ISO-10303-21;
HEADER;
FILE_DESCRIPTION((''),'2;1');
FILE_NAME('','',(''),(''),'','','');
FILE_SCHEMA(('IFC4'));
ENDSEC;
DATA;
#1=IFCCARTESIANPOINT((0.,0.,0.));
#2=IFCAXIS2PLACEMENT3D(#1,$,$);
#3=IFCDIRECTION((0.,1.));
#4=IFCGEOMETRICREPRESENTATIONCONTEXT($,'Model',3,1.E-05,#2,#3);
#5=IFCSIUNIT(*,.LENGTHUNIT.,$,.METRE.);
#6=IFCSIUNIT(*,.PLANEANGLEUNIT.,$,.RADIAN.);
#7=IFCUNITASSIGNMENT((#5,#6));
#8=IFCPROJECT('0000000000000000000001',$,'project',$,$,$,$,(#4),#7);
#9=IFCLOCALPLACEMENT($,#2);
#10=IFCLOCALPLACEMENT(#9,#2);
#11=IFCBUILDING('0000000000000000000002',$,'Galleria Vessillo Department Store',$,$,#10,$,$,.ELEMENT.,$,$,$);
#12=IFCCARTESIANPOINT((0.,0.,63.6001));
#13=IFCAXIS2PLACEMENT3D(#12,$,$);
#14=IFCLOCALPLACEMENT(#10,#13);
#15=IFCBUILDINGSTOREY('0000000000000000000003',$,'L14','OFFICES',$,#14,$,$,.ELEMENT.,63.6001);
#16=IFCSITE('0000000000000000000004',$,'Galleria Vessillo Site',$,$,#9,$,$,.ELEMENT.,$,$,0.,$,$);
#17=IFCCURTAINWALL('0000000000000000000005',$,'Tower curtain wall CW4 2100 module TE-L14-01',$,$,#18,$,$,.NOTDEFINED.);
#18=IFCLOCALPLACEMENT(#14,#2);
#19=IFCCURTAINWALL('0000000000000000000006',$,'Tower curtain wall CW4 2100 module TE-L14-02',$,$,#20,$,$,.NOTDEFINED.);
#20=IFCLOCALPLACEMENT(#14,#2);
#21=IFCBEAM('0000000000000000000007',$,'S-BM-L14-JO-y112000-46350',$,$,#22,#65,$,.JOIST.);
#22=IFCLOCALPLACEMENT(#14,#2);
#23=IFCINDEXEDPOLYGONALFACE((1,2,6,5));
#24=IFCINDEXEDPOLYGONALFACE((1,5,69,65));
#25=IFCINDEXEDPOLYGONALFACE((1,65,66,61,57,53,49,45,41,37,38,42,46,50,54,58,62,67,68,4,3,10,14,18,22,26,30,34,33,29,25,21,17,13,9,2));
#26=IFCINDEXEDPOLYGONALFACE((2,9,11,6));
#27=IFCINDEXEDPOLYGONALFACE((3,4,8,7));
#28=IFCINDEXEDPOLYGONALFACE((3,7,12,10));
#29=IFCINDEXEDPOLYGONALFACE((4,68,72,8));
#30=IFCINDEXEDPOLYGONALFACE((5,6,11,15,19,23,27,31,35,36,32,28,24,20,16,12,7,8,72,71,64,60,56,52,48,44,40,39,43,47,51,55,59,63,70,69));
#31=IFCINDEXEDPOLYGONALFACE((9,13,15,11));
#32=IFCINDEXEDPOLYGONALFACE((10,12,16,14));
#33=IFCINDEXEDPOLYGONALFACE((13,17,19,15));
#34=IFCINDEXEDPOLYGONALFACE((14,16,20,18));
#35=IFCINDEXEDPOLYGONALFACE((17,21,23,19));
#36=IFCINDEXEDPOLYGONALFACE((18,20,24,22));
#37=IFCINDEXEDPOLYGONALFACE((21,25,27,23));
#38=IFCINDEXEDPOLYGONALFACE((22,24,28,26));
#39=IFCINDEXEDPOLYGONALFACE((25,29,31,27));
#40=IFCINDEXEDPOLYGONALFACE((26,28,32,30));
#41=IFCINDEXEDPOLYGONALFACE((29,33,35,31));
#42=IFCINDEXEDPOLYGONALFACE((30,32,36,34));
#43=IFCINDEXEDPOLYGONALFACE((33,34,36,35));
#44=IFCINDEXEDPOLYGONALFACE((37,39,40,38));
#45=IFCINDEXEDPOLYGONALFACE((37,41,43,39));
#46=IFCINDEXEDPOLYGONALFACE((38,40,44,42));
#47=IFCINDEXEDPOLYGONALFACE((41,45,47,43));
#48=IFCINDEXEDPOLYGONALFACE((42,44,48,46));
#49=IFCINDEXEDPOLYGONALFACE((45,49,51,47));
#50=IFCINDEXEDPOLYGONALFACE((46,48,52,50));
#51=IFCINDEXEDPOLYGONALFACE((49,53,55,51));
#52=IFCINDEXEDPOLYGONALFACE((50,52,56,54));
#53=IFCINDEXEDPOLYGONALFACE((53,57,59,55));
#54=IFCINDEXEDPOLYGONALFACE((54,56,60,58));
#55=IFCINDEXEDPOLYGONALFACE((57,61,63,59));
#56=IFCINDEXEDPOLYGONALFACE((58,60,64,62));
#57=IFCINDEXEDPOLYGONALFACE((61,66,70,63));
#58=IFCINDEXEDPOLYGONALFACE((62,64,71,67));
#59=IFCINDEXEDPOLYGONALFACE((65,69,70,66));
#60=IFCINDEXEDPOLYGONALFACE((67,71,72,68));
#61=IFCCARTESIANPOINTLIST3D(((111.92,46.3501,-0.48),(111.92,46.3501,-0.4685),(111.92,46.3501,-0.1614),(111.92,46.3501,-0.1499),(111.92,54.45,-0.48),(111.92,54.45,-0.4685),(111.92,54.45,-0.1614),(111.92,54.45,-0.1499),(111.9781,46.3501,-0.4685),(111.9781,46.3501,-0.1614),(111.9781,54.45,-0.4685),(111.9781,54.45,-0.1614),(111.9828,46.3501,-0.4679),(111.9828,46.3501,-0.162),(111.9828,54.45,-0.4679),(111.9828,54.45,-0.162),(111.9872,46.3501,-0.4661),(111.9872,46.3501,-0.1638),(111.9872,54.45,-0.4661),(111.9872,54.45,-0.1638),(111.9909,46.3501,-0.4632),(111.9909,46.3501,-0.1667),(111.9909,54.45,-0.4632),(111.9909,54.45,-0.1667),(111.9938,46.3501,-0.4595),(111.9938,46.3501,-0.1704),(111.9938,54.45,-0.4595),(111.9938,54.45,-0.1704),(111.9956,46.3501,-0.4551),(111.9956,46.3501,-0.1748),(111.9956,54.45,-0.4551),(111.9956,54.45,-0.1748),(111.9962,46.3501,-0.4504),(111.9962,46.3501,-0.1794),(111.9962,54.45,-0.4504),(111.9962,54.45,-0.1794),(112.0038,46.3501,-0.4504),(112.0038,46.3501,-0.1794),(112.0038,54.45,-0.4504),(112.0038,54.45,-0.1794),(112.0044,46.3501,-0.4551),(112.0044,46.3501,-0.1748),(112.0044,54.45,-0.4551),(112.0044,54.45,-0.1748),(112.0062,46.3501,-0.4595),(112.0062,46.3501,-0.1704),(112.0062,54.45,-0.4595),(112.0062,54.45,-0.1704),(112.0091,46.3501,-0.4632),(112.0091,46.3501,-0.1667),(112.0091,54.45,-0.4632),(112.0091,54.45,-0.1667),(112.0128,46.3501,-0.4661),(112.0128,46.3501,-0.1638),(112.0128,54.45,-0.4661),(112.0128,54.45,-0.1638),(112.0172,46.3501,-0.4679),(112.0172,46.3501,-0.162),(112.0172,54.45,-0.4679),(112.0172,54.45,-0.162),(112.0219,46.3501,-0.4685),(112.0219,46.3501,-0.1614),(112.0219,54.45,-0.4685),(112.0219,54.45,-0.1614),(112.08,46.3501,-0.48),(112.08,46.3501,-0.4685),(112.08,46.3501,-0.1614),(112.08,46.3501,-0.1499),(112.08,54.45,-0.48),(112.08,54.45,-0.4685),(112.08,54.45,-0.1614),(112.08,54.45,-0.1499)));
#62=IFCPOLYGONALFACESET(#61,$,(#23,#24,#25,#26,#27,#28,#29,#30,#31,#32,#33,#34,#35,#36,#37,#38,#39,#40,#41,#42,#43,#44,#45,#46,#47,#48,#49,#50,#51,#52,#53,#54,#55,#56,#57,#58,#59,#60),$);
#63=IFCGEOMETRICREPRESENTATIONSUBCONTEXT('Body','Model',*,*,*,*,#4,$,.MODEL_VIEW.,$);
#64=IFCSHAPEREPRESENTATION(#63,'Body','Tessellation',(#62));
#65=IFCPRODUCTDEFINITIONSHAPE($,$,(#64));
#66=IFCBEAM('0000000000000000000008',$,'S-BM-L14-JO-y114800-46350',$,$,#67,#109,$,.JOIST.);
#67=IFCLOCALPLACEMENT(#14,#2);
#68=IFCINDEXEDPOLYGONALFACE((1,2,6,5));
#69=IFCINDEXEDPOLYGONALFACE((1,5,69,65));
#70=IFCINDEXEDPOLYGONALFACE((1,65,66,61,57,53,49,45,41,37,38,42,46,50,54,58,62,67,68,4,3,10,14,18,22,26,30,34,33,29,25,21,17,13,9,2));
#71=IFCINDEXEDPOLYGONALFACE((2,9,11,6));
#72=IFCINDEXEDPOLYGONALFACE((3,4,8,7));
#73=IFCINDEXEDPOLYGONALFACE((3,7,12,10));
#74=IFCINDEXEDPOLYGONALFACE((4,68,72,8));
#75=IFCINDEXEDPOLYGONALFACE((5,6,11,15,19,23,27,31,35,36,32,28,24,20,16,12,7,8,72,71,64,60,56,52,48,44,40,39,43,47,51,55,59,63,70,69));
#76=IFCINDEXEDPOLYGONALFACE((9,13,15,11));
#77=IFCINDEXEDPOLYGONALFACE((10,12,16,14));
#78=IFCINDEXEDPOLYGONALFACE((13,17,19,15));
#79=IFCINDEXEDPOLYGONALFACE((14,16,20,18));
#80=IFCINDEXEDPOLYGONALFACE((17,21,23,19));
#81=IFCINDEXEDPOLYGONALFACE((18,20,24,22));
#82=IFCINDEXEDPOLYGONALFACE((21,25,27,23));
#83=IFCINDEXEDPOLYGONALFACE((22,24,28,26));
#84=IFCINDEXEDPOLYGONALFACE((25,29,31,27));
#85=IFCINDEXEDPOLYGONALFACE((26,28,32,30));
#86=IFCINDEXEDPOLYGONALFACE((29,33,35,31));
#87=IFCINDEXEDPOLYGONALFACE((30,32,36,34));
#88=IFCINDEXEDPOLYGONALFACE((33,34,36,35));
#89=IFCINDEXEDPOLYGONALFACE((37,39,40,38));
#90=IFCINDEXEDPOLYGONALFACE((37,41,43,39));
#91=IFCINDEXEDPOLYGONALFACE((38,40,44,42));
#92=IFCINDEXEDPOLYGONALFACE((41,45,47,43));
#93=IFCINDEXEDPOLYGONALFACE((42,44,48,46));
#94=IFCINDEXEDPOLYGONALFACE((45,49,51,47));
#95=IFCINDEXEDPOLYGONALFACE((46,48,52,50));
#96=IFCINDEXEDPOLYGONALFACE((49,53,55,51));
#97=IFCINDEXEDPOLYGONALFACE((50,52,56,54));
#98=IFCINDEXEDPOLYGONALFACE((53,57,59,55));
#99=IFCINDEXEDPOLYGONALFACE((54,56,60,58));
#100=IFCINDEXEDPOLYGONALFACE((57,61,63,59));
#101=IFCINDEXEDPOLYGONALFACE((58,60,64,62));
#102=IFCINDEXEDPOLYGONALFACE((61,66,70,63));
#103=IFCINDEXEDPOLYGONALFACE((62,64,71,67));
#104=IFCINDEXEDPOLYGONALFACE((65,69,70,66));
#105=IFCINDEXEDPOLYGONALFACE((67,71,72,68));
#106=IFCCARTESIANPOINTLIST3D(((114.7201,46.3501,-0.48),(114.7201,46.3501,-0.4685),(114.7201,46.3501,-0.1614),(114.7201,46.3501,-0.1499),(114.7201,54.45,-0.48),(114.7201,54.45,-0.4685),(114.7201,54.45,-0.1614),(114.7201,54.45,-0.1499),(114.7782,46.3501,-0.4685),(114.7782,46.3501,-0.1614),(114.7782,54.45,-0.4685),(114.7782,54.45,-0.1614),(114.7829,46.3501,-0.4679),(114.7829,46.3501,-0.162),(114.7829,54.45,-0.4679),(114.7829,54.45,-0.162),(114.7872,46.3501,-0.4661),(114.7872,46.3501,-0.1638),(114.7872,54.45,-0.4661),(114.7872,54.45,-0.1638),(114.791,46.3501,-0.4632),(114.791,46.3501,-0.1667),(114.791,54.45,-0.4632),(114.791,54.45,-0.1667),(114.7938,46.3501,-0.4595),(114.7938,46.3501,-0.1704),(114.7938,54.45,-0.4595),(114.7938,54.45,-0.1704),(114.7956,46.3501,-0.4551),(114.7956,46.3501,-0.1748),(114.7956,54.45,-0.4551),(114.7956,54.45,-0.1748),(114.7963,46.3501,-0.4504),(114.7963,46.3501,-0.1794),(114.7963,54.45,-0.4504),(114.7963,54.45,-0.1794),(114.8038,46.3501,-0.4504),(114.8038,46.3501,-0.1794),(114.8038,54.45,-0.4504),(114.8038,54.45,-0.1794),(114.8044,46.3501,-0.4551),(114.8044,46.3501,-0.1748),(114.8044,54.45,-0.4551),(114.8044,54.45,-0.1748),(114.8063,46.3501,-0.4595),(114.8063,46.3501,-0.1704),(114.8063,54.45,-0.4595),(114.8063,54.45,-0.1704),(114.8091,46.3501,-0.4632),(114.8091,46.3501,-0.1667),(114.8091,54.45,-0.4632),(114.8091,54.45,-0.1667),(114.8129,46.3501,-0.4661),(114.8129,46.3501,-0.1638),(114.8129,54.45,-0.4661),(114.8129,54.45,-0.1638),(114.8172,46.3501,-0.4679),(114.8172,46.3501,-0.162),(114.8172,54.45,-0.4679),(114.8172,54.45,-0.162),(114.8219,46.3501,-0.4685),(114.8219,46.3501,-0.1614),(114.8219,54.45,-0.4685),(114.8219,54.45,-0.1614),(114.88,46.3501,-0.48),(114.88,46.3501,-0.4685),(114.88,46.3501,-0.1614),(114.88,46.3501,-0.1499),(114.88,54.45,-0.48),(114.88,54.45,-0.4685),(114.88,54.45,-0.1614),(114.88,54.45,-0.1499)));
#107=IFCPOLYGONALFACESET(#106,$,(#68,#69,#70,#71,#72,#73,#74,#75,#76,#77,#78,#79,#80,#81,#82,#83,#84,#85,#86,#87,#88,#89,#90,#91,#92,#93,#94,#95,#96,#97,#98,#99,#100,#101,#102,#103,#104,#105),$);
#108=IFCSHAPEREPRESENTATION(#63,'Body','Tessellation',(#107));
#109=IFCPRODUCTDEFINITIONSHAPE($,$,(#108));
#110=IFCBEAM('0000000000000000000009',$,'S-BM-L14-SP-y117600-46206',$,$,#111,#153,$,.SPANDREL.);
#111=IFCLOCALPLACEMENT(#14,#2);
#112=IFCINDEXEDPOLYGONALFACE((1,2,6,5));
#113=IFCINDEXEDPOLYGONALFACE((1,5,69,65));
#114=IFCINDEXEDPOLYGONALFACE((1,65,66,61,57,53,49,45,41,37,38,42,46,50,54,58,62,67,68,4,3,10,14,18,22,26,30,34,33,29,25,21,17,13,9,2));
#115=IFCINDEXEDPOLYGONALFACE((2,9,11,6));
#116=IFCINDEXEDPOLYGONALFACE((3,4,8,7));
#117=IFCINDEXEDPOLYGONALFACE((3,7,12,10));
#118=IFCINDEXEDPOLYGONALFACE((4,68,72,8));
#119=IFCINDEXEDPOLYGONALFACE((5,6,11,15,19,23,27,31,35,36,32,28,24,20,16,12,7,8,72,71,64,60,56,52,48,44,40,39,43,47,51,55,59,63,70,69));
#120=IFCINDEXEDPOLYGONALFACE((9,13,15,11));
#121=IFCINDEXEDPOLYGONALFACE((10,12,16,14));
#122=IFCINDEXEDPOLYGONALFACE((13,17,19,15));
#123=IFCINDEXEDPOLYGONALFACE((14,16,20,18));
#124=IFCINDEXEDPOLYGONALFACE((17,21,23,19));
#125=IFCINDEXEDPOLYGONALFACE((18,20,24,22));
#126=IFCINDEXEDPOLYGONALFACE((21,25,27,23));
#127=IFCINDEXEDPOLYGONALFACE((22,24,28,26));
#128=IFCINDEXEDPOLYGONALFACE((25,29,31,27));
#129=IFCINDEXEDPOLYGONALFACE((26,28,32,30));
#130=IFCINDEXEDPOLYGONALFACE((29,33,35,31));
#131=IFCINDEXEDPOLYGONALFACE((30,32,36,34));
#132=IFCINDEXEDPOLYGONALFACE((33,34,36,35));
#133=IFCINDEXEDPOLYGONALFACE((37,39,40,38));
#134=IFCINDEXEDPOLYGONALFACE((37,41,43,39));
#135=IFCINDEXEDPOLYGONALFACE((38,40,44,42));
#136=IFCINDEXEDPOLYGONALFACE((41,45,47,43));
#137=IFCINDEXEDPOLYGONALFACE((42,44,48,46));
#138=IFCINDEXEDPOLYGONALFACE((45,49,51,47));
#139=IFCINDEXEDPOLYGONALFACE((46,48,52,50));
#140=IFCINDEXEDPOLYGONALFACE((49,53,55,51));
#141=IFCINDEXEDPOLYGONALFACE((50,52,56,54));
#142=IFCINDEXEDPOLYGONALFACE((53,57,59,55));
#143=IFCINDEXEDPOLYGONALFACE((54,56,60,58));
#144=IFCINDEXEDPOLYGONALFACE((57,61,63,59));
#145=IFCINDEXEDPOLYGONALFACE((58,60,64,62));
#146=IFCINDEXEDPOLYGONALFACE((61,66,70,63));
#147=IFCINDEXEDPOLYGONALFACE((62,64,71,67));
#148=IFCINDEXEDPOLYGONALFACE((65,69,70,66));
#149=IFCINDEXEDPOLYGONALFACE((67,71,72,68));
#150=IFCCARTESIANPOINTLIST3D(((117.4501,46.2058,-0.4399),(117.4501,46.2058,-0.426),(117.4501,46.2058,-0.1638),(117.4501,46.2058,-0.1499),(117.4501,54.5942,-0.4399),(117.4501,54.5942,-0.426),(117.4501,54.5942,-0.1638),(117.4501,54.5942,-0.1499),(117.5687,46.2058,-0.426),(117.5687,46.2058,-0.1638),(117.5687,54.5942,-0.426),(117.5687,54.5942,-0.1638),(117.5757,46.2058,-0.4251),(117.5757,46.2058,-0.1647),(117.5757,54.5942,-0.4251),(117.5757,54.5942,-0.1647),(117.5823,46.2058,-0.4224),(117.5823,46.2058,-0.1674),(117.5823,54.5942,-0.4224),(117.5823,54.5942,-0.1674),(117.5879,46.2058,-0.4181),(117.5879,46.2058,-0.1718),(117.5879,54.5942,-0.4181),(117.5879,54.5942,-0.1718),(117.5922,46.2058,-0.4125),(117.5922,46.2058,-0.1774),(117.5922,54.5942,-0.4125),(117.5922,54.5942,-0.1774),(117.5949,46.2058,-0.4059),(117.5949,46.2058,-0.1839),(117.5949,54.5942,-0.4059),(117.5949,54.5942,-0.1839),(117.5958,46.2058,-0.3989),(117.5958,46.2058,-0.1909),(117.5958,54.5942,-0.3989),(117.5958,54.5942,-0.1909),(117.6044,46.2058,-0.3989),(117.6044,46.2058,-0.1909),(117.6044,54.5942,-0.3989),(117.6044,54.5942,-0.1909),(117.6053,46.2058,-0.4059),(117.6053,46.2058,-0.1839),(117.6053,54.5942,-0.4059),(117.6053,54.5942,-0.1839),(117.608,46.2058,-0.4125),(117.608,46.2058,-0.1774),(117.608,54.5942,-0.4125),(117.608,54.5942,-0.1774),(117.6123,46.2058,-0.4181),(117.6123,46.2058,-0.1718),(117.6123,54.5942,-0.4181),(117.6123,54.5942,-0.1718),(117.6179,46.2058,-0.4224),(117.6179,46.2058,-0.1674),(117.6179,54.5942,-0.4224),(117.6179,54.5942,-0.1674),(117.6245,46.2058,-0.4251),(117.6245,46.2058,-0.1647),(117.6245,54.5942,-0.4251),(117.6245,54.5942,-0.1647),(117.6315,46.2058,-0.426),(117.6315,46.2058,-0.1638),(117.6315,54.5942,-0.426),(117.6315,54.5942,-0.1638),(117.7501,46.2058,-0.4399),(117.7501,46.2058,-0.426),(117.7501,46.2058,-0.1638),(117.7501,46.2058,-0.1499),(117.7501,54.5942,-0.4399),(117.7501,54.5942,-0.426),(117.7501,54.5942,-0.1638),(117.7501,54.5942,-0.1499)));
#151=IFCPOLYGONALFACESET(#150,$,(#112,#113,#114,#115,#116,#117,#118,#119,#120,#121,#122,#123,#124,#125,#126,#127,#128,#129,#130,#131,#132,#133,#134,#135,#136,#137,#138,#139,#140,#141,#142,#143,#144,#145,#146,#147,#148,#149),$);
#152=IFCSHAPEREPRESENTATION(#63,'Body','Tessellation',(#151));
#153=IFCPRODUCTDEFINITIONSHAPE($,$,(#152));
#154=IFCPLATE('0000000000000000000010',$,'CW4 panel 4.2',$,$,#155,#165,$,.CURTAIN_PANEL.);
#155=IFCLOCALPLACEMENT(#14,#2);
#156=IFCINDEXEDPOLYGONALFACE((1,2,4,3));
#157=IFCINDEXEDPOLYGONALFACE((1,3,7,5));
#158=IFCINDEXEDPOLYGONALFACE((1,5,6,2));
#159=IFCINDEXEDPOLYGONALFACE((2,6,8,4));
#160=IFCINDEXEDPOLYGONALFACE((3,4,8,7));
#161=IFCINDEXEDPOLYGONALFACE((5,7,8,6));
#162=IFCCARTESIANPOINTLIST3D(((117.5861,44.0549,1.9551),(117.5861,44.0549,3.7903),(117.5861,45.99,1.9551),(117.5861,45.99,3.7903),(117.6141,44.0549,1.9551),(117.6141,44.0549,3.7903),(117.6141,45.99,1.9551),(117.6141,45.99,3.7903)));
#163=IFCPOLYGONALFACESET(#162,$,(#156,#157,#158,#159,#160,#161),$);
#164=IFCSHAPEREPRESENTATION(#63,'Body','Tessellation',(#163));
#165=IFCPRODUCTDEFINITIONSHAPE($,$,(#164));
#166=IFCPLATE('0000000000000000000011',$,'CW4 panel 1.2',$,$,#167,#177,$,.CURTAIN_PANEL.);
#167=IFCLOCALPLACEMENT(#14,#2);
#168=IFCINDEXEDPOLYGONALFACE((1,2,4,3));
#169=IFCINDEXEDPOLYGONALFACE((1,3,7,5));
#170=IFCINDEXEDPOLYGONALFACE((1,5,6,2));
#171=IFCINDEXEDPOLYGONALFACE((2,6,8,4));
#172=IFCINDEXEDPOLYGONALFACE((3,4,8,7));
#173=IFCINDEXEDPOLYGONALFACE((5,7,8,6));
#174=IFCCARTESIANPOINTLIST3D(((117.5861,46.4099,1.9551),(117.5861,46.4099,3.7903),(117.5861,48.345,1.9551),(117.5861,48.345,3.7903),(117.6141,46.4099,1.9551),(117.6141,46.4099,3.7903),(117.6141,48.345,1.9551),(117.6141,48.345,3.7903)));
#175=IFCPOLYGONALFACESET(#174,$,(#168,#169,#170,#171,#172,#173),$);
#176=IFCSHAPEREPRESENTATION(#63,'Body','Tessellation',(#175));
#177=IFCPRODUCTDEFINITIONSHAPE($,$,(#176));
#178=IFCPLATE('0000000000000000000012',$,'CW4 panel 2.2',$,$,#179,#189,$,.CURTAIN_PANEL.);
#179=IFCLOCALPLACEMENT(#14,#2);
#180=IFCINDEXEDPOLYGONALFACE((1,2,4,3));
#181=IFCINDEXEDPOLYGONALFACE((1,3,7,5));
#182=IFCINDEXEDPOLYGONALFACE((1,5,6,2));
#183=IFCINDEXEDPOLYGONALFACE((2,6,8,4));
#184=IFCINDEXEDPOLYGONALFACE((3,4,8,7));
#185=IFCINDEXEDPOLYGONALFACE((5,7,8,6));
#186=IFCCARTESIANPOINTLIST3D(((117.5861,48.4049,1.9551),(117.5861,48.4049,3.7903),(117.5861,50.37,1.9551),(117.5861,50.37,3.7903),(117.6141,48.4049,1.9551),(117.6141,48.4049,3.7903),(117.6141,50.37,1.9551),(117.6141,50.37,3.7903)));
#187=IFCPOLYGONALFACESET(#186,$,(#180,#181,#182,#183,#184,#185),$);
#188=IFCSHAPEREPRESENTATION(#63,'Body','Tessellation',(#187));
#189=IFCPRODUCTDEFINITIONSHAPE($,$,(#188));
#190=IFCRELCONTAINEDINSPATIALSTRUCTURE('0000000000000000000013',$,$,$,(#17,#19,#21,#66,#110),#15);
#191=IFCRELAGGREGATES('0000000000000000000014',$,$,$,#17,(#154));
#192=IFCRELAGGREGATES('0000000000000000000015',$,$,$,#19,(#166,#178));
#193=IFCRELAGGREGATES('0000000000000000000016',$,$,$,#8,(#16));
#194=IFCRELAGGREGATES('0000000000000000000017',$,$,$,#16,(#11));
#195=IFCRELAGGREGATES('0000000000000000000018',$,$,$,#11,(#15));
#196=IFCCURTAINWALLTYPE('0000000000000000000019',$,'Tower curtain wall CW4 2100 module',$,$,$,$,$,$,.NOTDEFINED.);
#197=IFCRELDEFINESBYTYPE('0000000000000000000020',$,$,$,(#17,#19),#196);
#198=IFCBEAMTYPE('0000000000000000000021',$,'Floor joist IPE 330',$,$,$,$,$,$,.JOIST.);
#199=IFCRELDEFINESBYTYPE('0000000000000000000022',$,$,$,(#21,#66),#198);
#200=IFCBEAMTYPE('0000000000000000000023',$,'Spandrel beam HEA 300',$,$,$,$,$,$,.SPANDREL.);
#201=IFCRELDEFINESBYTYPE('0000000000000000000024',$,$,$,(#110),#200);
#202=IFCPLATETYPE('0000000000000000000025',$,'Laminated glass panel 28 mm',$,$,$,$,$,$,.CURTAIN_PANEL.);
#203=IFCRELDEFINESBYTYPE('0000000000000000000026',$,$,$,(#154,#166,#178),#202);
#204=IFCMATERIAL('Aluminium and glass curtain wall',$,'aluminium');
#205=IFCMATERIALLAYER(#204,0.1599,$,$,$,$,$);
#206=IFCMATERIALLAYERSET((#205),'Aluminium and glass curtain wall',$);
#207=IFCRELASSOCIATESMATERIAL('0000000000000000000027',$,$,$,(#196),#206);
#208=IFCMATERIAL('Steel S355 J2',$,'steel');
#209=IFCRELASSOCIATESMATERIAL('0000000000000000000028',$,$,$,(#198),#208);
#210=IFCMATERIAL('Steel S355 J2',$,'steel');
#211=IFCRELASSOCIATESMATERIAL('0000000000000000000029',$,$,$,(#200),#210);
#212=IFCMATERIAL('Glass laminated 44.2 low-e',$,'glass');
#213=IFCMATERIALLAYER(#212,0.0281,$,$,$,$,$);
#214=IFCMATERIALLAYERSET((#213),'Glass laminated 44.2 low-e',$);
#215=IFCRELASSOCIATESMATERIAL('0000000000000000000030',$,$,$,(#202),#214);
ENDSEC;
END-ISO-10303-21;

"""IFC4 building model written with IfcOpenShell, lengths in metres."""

from ifc_helpers import new_model, si_unit, direction, frame, origin, origin_2d, place, context, subcontext, project, spatial, rectangle, i_section, extrude, material, layer, layer_set, material_profile, profile_set, type_object, element, aggregate, save


model = new_model("IFC4")

# Units and contexts
model_context = context("Model", 3, precision=1e-05, world=origin(), true_north=direction((0.0, 1.0)))
body_context = subcontext(model_context, "Body", "Model", "MODEL_VIEW")
ifc_project = project(units=[si_unit("LENGTHUNIT", "METRE"), si_unit("PLANEANGLEUNIT", "RADIAN")], contexts=[model_context])

# Site, building, storey
site_placement = place(None, origin())
site = spatial("IfcSite", under=ifc_project, at=site_placement, Name="Galleria Vessillo Site", CompositionType="ELEMENT", RefElevation=0.0)
building_placement = place(site_placement, origin())
building = spatial("IfcBuilding", under=site, at=building_placement, Name="Galleria Vessillo Department Store", CompositionType="ELEMENT")
storey_placement = place(building_placement, frame((0.0, 0.0, 63.6001)))
storey = spatial("IfcBuildingStorey", under=building, at=storey_placement, Name="L14", Description="OFFICES", CompositionType="ELEMENT", Elevation=63.6001)

# Curtain wall
ifc_material_1 = material(Name="Aluminium and glass curtain wall", Category="aluminium")
ifc_layer_1 = layer(ifc_material_1, 0.1599)
ifc_layer_set_1 = layer_set([ifc_layer_1], Name="Aluminium and glass curtain wall")
curtain_wall_type = type_object("IfcCurtainWallType", Name="Tower curtain wall CW4 2100 module", PredefinedType="NOTDEFINED", material=ifc_layer_set_1)
curtain_wall_1_placement = place(storey_placement, origin())
curtain_wall_1 = element("IfcCurtainWall", 1, at=curtain_wall_1_placement, inside=storey, type_object=curtain_wall_type, Name="Tower curtain wall CW4 2100 module TE-L14-01", PredefinedType="NOTDEFINED")

# Curtain wall
curtain_wall_2_placement = place(storey_placement, origin())
curtain_wall_2 = element("IfcCurtainWall", 2, at=curtain_wall_2_placement, inside=storey, type_object=curtain_wall_type, Name="Tower curtain wall CW4 2100 module TE-L14-02", PredefinedType="NOTDEFINED")

# Beams
ifc_material_2 = material(Name="Steel S355 J2", Category="steel")
ifc_material_profile_1 = material_profile(ifc_material_2, i_section(OverallWidth=0.1599, OverallDepth=0.3301, WebThickness=0.0076, FlangeThickness=0.0115, FilletRadius=0.0181, at=origin_2d()), Name="IPE 330")
ifc_profile_set_1 = profile_set([ifc_material_profile_1], Name="Steel S355 J2")
beam_type_1 = type_object("IfcBeamType", Name="Floor joist IPE 330", PredefinedType="JOIST", material=ifc_profile_set_1)
for number, where, z_axis, x_axis, name in (
    (3, (112.0, 46.3501, -0.3149), (0.0, 1.0, 0.0), (-1.0, 0.0, 0.0), "S-BM-L14-JO-y112000-46350"),
    (4, (114.8, 46.3501, -0.3149), (0.0, 1.0, 0.0), (-1.0, 0.0, 0.0), "S-BM-L14-JO-y114800-46350"),
):
    element("IfcBeam", number, at=place(storey_placement, frame(where, z_axis=z_axis, x_axis=x_axis)), inside=storey, type_object=beam_type_1, Name=name, PredefinedType="JOIST", context=body_context, shape_type="SweptSolid", body=[
        extrude(i_section(OverallWidth=0.1599, OverallDepth=0.3301, WebThickness=0.0076, FlangeThickness=0.0115, FilletRadius=0.0181, at=origin_2d()), origin(), (0.0, 0.0, 1.0), 8.0999),
    ])
ifc_material_3 = material(Name="Steel S355 J2", Category="steel")
ifc_material_profile_2 = material_profile(ifc_material_3, i_section(OverallWidth=0.3, OverallDepth=0.29, WebThickness=0.0085, FlangeThickness=0.0139, FilletRadius=0.0271, at=origin_2d()), Name="HEA 300")
ifc_profile_set_2 = profile_set([ifc_material_profile_2], Name="Steel S355 J2")
beam_type_2 = type_object("IfcBeamType", Name="Spandrel beam HEA 300", PredefinedType="SPANDREL", material=ifc_profile_set_2)
beam_placement = place(storey_placement, frame((117.6001, 46.2058, -0.2949), z_axis=(0.0, 1.0, 0.0), x_axis=(-1.0, 0.0, 0.0)))
element("IfcBeam", 5, at=beam_placement, inside=storey, type_object=beam_type_2, Name="S-BM-L14-SP-y117600-46206", PredefinedType="SPANDREL", context=body_context, shape_type="SweptSolid", body=[
    extrude(i_section(OverallWidth=0.3, OverallDepth=0.29, WebThickness=0.0085, FlangeThickness=0.0139, FilletRadius=0.0271, at=origin_2d()), origin(), (0.0, 0.0, 1.0), 8.3884),
])

# Plates
ifc_material_4 = material(Name="Glass laminated 44.2 low-e", Category="glass")
ifc_layer_2 = layer(ifc_material_4, 0.0281)
ifc_layer_set_2 = layer_set([ifc_layer_2], Name="Glass laminated 44.2 low-e")
plate_type_1 = type_object("IfcPlateType", Name="Laminated glass panel 28 mm", PredefinedType="CURTAIN_PANEL", material=ifc_layer_set_2)
plate_1_placement = place(storey_placement, frame((117.6001, 45.0225, 1.9551), z_axis=(0.0, 0.0, 1.0), x_axis=(0.0, 1.0, 0.0)))
plate_1 = element("IfcPlate", 6, at=plate_1_placement, type_object=plate_type_1, Name="CW4 panel 4.2", PredefinedType="CURTAIN_PANEL", context=body_context, shape_type="SweptSolid", body=[
    extrude(rectangle(XDim=1.9351, YDim=0.0281, at=origin_2d()), origin(), (0.0, 0.0, 1.0), 1.8352),
])
plate_2_placement = place(storey_placement, frame((117.6001, 47.3774, 1.9551), z_axis=(0.0, 0.0, 1.0), x_axis=(0.0, 1.0, 0.0)))
plate_2 = element("IfcPlate", 7, at=plate_2_placement, type_object=plate_type_1, Name="CW4 panel 1.2", PredefinedType="CURTAIN_PANEL", context=body_context, shape_type="SweptSolid", body=[
    extrude(rectangle(XDim=1.9351, YDim=0.0281, at=origin_2d()), origin(), (0.0, 0.0, 1.0), 1.8352),
])
plate_3_placement = place(storey_placement, frame((117.6001, 49.3875, 1.9551), z_axis=(0.0, 0.0, 1.0), x_axis=(0.0, 1.0, 0.0)))
plate_3 = element("IfcPlate", 8, at=plate_3_placement, type_object=plate_type_1, Name="CW4 panel 2.2", PredefinedType="CURTAIN_PANEL", context=body_context, shape_type="SweptSolid", body=[
    extrude(rectangle(XDim=1.9651, YDim=0.0281, at=origin_2d()), origin(), (0.0, 0.0, 1.0), 1.8352),
])
aggregate(curtain_wall_1, [plate_1])
aggregate(curtain_wall_2, [plate_2, plate_3])

save(model, "model.ifc")
